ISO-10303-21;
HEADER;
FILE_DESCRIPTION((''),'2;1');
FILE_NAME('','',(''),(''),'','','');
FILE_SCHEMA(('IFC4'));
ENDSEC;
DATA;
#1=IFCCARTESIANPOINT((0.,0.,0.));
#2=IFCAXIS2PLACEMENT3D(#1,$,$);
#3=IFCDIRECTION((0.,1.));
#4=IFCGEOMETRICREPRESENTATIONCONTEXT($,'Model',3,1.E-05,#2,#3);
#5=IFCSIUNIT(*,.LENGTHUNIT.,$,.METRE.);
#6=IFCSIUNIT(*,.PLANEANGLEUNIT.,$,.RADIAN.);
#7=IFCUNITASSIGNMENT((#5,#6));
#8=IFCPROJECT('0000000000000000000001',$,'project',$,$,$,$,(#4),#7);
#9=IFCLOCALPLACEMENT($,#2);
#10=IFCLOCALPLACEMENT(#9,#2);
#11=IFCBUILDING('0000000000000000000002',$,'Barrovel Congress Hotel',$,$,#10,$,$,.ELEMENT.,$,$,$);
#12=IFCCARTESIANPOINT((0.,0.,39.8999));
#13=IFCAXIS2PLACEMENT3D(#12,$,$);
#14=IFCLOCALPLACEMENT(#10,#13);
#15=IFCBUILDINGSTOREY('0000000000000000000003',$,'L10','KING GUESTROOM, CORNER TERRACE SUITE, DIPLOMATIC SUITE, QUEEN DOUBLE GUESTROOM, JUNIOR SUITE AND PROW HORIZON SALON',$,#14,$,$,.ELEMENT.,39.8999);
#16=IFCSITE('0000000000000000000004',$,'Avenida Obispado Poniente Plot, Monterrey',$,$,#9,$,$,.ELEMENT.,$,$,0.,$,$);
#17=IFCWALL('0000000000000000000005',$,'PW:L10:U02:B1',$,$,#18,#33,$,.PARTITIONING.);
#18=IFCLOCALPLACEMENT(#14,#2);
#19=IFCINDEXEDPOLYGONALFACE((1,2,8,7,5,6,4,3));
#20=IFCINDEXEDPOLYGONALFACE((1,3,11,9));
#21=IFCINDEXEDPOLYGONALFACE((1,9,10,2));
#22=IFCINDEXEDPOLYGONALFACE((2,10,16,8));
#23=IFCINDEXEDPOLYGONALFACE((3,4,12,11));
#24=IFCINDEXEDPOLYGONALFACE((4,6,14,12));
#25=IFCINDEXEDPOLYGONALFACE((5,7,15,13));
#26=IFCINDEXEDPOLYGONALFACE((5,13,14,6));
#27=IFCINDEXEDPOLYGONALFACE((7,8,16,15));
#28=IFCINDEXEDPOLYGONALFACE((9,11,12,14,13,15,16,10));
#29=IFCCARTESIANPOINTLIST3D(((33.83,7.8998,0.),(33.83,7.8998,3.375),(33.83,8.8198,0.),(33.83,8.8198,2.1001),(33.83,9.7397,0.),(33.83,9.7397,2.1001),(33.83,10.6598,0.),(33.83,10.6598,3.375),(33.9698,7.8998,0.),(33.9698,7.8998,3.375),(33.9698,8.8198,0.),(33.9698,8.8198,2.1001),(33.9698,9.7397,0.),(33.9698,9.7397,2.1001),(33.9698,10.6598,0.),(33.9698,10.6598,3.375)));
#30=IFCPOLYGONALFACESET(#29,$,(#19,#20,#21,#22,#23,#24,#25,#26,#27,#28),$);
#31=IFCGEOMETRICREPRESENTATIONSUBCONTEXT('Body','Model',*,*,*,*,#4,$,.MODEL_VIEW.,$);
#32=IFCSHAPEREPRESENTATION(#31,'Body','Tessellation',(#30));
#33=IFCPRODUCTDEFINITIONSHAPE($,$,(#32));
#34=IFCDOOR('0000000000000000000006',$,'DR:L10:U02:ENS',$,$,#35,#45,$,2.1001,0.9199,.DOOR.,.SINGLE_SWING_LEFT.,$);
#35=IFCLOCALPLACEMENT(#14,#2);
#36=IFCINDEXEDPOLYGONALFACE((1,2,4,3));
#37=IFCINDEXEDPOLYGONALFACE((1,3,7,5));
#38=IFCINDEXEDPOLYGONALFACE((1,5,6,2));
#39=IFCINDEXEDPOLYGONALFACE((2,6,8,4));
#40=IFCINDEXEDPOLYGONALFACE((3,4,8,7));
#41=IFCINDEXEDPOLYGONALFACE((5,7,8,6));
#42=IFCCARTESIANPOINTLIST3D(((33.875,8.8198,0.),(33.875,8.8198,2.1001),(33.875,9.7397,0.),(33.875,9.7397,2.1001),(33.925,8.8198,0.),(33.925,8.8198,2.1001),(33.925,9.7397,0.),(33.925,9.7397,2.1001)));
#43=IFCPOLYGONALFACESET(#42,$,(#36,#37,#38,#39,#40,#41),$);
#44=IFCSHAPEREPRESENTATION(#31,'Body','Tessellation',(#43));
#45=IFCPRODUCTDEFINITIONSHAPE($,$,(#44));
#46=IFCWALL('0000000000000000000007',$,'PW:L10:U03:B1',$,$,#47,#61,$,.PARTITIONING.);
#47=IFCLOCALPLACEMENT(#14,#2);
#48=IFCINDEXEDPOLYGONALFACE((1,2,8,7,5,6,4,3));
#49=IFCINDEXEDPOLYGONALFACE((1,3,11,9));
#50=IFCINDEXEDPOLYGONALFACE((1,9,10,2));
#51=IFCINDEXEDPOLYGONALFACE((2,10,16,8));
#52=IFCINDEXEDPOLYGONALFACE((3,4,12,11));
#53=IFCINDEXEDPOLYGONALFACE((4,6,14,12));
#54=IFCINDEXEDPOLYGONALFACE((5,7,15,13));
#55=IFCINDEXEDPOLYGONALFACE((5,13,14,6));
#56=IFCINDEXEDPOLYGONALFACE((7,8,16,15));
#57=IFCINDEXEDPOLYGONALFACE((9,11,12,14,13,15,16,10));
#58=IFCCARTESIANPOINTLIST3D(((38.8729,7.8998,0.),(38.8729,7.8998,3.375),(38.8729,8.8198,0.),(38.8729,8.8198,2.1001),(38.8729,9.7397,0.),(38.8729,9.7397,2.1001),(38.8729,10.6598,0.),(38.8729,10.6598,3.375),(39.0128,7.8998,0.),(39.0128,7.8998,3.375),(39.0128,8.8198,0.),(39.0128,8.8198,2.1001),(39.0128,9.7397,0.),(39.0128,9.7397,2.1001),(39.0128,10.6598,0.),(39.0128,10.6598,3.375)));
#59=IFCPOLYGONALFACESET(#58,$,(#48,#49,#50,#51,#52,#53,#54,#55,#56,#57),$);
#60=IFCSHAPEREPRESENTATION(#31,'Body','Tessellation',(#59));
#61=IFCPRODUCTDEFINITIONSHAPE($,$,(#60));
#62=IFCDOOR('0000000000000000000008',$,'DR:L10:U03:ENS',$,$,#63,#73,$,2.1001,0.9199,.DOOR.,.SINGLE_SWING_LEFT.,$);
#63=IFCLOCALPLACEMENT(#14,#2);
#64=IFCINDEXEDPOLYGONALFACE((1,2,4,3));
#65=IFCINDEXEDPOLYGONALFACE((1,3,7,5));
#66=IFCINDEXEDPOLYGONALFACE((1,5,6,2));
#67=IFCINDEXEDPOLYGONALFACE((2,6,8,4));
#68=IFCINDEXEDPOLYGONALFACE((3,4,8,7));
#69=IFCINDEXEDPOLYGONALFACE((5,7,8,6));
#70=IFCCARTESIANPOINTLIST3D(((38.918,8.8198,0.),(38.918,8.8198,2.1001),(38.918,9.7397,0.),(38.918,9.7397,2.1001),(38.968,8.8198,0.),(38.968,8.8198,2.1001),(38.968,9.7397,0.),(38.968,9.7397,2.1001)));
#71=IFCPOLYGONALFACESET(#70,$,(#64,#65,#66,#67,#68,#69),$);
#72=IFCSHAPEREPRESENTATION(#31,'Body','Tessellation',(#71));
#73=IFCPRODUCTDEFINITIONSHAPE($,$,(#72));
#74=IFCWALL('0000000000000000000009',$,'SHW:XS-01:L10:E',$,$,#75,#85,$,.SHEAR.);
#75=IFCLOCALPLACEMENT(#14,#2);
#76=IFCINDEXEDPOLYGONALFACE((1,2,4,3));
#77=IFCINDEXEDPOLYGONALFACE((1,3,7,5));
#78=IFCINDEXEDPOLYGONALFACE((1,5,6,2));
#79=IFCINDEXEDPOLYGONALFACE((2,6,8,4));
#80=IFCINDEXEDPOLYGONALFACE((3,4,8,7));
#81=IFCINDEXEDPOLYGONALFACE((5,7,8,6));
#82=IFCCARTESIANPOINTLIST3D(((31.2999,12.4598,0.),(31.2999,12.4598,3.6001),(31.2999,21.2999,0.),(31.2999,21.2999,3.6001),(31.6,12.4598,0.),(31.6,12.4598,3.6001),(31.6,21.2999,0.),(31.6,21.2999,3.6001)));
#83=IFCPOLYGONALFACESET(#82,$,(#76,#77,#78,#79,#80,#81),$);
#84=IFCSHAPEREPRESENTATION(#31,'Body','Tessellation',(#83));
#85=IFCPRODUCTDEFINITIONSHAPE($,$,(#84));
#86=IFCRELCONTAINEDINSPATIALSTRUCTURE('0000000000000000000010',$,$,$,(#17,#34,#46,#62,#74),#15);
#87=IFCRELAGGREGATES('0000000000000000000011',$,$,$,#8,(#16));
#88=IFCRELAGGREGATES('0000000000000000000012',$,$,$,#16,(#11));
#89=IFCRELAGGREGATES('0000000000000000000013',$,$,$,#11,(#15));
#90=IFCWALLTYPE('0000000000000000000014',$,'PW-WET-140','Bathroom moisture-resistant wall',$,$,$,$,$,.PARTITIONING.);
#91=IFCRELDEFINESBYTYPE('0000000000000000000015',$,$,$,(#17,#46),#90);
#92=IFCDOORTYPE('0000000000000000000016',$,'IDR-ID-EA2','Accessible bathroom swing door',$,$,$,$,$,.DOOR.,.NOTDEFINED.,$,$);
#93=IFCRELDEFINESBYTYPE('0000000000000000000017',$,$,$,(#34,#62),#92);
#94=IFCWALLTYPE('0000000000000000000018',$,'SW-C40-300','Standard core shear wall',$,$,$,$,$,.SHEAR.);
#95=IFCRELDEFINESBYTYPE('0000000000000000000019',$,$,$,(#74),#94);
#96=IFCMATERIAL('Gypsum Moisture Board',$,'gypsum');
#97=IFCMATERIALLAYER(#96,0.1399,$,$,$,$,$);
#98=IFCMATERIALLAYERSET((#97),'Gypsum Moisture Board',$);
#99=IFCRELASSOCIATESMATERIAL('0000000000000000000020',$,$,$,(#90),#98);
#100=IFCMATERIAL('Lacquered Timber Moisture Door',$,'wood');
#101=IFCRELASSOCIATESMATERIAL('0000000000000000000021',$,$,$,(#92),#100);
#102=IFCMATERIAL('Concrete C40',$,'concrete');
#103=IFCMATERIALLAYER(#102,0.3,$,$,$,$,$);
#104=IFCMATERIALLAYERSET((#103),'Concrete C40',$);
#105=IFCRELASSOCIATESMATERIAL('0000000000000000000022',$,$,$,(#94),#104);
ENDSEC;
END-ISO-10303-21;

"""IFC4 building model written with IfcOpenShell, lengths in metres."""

from ifc_helpers import new_model, si_unit, direction, frame, frame_2d, origin, place, context, subcontext, project, spatial, rectangle, extrude, material, layer, layer_set, type_object, element, fill, save


model = new_model("IFC4")

# Units and contexts
model_context = context("Model", 3, precision=1e-05, world=origin(), true_north=direction((0.0, 1.0)))
body_context = subcontext(model_context, "Body", "Model", "MODEL_VIEW")
ifc_project = project(units=[si_unit("LENGTHUNIT", "METRE"), si_unit("PLANEANGLEUNIT", "RADIAN")], contexts=[model_context])

# Site, building, storey
site_placement = place(None, origin())
site = spatial("IfcSite", under=ifc_project, at=site_placement, Name="Avenida Obispado Poniente Plot, Monterrey", CompositionType="ELEMENT", RefElevation=0.0)
building_placement = place(site_placement, origin())
building = spatial("IfcBuilding", under=site, at=building_placement, Name="Barrovel Congress Hotel", CompositionType="ELEMENT")
storey_placement = place(building_placement, frame((0.0, 0.0, 39.8999)))
storey = spatial("IfcBuildingStorey", under=building, at=storey_placement, Name="L10", Description="KING GUESTROOM, CORNER TERRACE SUITE, DIPLOMATIC SUITE, QUEEN DOUBLE GUESTROOM, JUNIOR SUITE AND PROW HORIZON SALON", CompositionType="ELEMENT", Elevation=39.8999)

# Shared definitions
ifc_material_1 = material(Name="Concrete C40", Category="concrete")

# Walls, openings, doors
ifc_material_2 = material(Name="Gypsum Moisture Board", Category="gypsum")
ifc_layer_1 = layer(ifc_material_2, 0.1399)
ifc_layer_set_1 = layer_set([ifc_layer_1], Name="Gypsum Moisture Board")
wall_type_1 = type_object("IfcWallType", Name="PW-WET-140", Description="Bathroom moisture-resistant wall", PredefinedType="PARTITIONING", material=ifc_layer_set_1)
wall_1_placement = place(storey_placement, frame((33.8999, 7.8999, 0.0), z_axis=(0.0, 0.0, 1.0), x_axis=(0.0, 1.0, 0.0)))
wall_1 = element("IfcWall", 1, at=wall_1_placement, inside=storey, type_object=wall_type_1, Name="PW:L10:U02:B1", PredefinedType="PARTITIONING", context=body_context, shape_type="SweptSolid", body=[
    extrude(rectangle(XDim=2.76, YDim=0.1399, at=frame_2d((1.3799, 0.0))), origin(), (0.0, 0.0, 1.0), 3.375),
])
opening_1_placement = place(wall_1_placement, frame((0.9199, 0.0, 0.0)))
opening_1 = element("IfcOpeningElement", 2, at=opening_1_placement, cuts=wall_1, PredefinedType="OPENING", context=body_context, shape_type="SweptSolid", body=[
    extrude(rectangle(XDim=0.9199, YDim=2.1001, at=frame_2d((0.46, 1.05))), frame((0.0, 0.0801, 0.0), z_axis=(0.0, -1.0, 0.0), x_axis=(1.0, 0.0, 0.0)), (0.0, 0.0, 1.0), 0.1599),
])
ifc_material_3 = material(Name="Lacquered Timber Moisture Door", Category="wood")
door_type_1 = type_object("IfcDoorType", Name="IDR-ID-EA2", Description="Accessible bathroom swing door", OperationType="NOTDEFINED", PredefinedType="DOOR", material=ifc_material_3)
door_1_placement = place(opening_1_placement, origin())
door_1 = element("IfcDoor", 3, at=door_1_placement, inside=storey, type_object=door_type_1, Name="DR:L10:U02:ENS", OperationType="SINGLE_SWING_LEFT", OverallHeight=2.1001, OverallWidth=0.9199, PredefinedType="DOOR", context=body_context, shape_type="SweptSolid", body=[
    extrude(rectangle(XDim=0.9199, YDim=2.1001, at=frame_2d((0.46, 1.05))), frame((0.0, 0.0249, 0.0), z_axis=(0.0, -1.0, 0.0), x_axis=(1.0, 0.0, 0.0)), (0.0, 0.0, 1.0), 0.05),
])
fill(opening_1, door_1)
wall_2_placement = place(storey_placement, frame((38.9429, 7.8999, 0.0), z_axis=(0.0, 0.0, 1.0), x_axis=(0.0, 1.0, 0.0)))
wall_2 = element("IfcWall", 4, at=wall_2_placement, inside=storey, type_object=wall_type_1, Name="PW:L10:U03:B1", PredefinedType="PARTITIONING", context=body_context, shape_type="SweptSolid", body=[
    extrude(rectangle(XDim=2.76, YDim=0.1399, at=frame_2d((1.3799, 0.0))), origin(), (0.0, 0.0, 1.0), 3.375),
])
opening_2_placement = place(wall_2_placement, frame((0.9199, 0.0, 0.0)))
opening_2 = element("IfcOpeningElement", 5, at=opening_2_placement, cuts=wall_2, PredefinedType="OPENING", context=body_context, shape_type="SweptSolid", body=[
    extrude(rectangle(XDim=0.9199, YDim=2.1001, at=frame_2d((0.46, 1.05))), frame((0.0, 0.0801, 0.0), z_axis=(0.0, -1.0, 0.0), x_axis=(1.0, 0.0, 0.0)), (0.0, 0.0, 1.0), 0.1599),
])
door_2_placement = place(opening_2_placement, origin())
door_2 = element("IfcDoor", 6, at=door_2_placement, inside=storey, type_object=door_type_1, Name="DR:L10:U03:ENS", OperationType="SINGLE_SWING_LEFT", OverallHeight=2.1001, OverallWidth=0.9199, PredefinedType="DOOR", context=body_context, shape_type="SweptSolid", body=[
    extrude(rectangle(XDim=0.9199, YDim=2.1001, at=frame_2d((0.46, 1.05))), frame((0.0, 0.0249, 0.0), z_axis=(0.0, -1.0, 0.0), x_axis=(1.0, 0.0, 0.0)), (0.0, 0.0, 1.0), 0.05),
])
fill(opening_2, door_2)

# Wall
ifc_layer_2 = layer(ifc_material_1, 0.3)
ifc_layer_set_2 = layer_set([ifc_layer_2], Name="Concrete C40")
wall_type_2 = type_object("IfcWallType", Name="SW-C40-300", Description="Standard core shear wall", PredefinedType="SHEAR", material=ifc_layer_set_2)
wall_3_placement = place(storey_placement, frame((31.45, 12.46, 0.0), z_axis=(0.0, 0.0, 1.0), x_axis=(0.0, 1.0, 0.0)))
element("IfcWall", 7, at=wall_3_placement, inside=storey, type_object=wall_type_2, Name="SHW:XS-01:L10:E", PredefinedType="SHEAR", context=body_context, shape_type="SweptSolid", body=[
    extrude(rectangle(XDim=8.8401, YDim=0.3, at=frame_2d((4.4199, 0.0))), origin(), (0.0, 0.0, 1.0), 3.6001),
])

save(model, "model.ifc")
